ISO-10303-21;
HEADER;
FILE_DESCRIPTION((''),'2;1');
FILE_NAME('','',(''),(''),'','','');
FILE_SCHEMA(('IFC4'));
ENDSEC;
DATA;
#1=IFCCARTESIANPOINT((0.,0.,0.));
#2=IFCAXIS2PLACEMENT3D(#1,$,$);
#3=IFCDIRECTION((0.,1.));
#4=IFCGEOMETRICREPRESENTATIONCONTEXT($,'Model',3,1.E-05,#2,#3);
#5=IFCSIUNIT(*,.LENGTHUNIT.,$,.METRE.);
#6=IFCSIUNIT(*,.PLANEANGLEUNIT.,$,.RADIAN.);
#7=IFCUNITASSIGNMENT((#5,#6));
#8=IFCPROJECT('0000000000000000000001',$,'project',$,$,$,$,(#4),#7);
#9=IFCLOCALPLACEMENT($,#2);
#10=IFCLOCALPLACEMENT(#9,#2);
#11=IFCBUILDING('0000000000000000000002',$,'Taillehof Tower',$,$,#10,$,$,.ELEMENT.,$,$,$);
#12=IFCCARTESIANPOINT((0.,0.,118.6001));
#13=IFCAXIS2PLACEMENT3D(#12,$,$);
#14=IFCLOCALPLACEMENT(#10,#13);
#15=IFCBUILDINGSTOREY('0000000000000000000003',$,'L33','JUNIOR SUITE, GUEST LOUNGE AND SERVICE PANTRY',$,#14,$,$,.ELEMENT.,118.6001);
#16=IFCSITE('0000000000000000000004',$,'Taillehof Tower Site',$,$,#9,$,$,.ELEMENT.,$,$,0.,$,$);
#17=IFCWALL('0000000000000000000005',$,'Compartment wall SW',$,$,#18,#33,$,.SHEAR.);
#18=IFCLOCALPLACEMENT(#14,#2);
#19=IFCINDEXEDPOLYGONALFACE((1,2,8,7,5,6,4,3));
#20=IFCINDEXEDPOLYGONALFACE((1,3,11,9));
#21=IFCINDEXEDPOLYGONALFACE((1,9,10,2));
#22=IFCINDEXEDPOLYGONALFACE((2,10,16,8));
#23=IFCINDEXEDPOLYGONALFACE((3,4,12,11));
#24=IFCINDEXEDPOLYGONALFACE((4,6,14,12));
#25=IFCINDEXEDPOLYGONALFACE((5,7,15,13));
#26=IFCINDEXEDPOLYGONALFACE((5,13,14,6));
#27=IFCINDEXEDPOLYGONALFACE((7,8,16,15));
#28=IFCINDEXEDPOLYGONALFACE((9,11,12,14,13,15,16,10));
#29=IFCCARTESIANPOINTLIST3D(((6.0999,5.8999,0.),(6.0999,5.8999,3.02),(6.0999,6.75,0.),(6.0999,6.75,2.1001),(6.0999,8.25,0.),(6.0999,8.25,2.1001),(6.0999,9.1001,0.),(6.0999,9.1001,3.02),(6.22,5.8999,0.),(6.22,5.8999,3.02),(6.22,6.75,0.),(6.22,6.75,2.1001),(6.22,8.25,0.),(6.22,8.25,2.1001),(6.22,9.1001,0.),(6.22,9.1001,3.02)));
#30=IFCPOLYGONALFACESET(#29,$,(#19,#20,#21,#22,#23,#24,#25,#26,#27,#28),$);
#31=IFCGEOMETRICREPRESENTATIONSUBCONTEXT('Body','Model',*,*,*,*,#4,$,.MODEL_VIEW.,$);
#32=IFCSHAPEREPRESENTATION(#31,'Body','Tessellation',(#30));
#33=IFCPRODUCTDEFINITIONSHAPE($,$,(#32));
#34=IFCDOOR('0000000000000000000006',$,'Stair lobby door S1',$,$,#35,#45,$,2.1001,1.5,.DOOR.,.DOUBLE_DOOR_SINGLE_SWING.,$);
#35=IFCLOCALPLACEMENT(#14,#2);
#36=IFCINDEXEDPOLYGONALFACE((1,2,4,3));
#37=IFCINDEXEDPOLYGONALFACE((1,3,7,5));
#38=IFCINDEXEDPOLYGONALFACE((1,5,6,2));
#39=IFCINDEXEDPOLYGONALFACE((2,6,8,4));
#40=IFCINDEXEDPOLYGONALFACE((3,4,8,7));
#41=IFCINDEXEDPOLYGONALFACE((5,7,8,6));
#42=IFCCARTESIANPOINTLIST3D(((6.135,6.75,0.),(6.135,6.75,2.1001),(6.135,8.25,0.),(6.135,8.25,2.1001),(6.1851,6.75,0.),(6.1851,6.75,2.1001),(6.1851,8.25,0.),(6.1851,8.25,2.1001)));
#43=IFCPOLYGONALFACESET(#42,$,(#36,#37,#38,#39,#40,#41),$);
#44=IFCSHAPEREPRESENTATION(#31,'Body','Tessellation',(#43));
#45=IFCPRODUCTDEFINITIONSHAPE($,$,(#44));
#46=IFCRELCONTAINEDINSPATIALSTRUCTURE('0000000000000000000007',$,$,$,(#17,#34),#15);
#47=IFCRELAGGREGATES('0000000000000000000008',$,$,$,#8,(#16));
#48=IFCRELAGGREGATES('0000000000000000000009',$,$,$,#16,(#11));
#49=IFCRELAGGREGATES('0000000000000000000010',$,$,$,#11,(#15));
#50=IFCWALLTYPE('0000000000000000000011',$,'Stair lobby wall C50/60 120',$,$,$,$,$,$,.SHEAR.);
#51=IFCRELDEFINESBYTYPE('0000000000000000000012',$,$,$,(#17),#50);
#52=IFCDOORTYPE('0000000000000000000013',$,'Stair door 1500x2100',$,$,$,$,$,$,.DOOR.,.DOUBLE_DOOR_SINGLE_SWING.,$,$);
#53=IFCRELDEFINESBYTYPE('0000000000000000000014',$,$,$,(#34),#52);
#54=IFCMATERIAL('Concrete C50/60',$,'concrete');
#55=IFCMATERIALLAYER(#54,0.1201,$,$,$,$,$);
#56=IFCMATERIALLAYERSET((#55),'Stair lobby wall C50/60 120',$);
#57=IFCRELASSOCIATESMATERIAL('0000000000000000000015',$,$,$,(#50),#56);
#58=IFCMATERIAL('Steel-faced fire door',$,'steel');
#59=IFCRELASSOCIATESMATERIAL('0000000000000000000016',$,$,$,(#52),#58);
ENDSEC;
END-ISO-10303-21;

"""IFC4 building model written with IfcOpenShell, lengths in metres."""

from ifc_helpers import new_model, si_unit, direction, frame, frame_2d, origin, place, context, subcontext, project, spatial, rectangle, extrude, material, layer, layer_set, type_object, element, fill, save


model = new_model("IFC4")

# Units and contexts
model_context = context("Model", 3, precision=1e-05, world=origin(), true_north=direction((0.0, 1.0)))
body_context = subcontext(model_context, "Body", "Model", "MODEL_VIEW")
ifc_project = project(units=[si_unit("LENGTHUNIT", "METRE"), si_unit("PLANEANGLEUNIT", "RADIAN")], contexts=[model_context])

# Site, building, storey
site_placement = place(None, origin())
site = spatial("IfcSite", under=ifc_project, at=site_placement, Name="Taillehof Tower Site", CompositionType="ELEMENT", RefElevation=0.0)
building_placement = place(site_placement, origin())
building = spatial("IfcBuilding", under=site, at=building_placement, Name="Taillehof Tower", CompositionType="ELEMENT")
storey_placement = place(building_placement, frame((0.0, 0.0, 118.6001)))
storey = spatial("IfcBuildingStorey", under=building, at=storey_placement, Name="L33", Description="JUNIOR SUITE, GUEST LOUNGE AND SERVICE PANTRY", CompositionType="ELEMENT", Elevation=118.6001)

# Wall, opening, door
ifc_material_1 = material(Name="Concrete C50/60", Category="concrete")
ifc_layer_1 = layer(ifc_material_1, 0.1201)
ifc_layer_set_1 = layer_set([ifc_layer_1], Name="Stair lobby wall C50/60 120")
wall_type_1 = type_object("IfcWallType", Name="Stair lobby wall C50/60 120", PredefinedType="SHEAR", material=ifc_layer_set_1)
wall_1_placement = place(storey_placement, frame((6.1599, 5.8999, 0.0), z_axis=(0.0, 0.0, 1.0), x_axis=(0.0, 1.0, 0.0)))
wall_1 = element("IfcWall", 1, at=wall_1_placement, inside=storey, type_object=wall_type_1, Name="Compartment wall SW", PredefinedType="SHEAR", context=body_context, shape_type="SweptSolid", body=[
    extrude(rectangle(XDim=3.2002, YDim=0.1201, at=frame_2d((1.6001, 0.0))), origin(), (0.0, 0.0, 1.0), 3.02),
])
opening_1_placement = place(wall_1_placement, frame((0.8501, 0.0, 0.0)))
opening_1 = element("IfcOpeningElement", 2, at=opening_1_placement, cuts=wall_1, PredefinedType="OPENING", context=body_context, shape_type="SweptSolid", body=[
    extrude(rectangle(XDim=1.5, YDim=2.1001, at=frame_2d((0.75, 1.05))), frame((0.0, 0.0701, 0.0), z_axis=(0.0, -1.0, 0.0), x_axis=(1.0, 0.0, 0.0)), (0.0, 0.0, 1.0), 0.1401),
])
ifc_material_2 = material(Name="Steel-faced fire door", Category="steel")
door_type_1 = type_object("IfcDoorType", Name="Stair door 1500x2100", OperationType="DOUBLE_DOOR_SINGLE_SWING", PredefinedType="DOOR", material=ifc_material_2)
door_1_placement = place(opening_1_placement, origin())
door_1 = element("IfcDoor", 3, at=door_1_placement, inside=storey, type_object=door_type_1, Name="Stair lobby door S1", OperationType="DOUBLE_DOOR_SINGLE_SWING", OverallHeight=2.1001, OverallWidth=1.5, PredefinedType="DOOR", context=body_context, shape_type="SweptSolid", body=[
    extrude(rectangle(XDim=1.5, YDim=2.1001, at=frame_2d((0.75, 1.05))), frame((0.0, 0.0249, 0.0), z_axis=(0.0, -1.0, 0.0), x_axis=(1.0, 0.0, 0.0)), (0.0, 0.0, 1.0), 0.05),
])
fill(opening_1, door_1)

save(model, "model.ifc")
